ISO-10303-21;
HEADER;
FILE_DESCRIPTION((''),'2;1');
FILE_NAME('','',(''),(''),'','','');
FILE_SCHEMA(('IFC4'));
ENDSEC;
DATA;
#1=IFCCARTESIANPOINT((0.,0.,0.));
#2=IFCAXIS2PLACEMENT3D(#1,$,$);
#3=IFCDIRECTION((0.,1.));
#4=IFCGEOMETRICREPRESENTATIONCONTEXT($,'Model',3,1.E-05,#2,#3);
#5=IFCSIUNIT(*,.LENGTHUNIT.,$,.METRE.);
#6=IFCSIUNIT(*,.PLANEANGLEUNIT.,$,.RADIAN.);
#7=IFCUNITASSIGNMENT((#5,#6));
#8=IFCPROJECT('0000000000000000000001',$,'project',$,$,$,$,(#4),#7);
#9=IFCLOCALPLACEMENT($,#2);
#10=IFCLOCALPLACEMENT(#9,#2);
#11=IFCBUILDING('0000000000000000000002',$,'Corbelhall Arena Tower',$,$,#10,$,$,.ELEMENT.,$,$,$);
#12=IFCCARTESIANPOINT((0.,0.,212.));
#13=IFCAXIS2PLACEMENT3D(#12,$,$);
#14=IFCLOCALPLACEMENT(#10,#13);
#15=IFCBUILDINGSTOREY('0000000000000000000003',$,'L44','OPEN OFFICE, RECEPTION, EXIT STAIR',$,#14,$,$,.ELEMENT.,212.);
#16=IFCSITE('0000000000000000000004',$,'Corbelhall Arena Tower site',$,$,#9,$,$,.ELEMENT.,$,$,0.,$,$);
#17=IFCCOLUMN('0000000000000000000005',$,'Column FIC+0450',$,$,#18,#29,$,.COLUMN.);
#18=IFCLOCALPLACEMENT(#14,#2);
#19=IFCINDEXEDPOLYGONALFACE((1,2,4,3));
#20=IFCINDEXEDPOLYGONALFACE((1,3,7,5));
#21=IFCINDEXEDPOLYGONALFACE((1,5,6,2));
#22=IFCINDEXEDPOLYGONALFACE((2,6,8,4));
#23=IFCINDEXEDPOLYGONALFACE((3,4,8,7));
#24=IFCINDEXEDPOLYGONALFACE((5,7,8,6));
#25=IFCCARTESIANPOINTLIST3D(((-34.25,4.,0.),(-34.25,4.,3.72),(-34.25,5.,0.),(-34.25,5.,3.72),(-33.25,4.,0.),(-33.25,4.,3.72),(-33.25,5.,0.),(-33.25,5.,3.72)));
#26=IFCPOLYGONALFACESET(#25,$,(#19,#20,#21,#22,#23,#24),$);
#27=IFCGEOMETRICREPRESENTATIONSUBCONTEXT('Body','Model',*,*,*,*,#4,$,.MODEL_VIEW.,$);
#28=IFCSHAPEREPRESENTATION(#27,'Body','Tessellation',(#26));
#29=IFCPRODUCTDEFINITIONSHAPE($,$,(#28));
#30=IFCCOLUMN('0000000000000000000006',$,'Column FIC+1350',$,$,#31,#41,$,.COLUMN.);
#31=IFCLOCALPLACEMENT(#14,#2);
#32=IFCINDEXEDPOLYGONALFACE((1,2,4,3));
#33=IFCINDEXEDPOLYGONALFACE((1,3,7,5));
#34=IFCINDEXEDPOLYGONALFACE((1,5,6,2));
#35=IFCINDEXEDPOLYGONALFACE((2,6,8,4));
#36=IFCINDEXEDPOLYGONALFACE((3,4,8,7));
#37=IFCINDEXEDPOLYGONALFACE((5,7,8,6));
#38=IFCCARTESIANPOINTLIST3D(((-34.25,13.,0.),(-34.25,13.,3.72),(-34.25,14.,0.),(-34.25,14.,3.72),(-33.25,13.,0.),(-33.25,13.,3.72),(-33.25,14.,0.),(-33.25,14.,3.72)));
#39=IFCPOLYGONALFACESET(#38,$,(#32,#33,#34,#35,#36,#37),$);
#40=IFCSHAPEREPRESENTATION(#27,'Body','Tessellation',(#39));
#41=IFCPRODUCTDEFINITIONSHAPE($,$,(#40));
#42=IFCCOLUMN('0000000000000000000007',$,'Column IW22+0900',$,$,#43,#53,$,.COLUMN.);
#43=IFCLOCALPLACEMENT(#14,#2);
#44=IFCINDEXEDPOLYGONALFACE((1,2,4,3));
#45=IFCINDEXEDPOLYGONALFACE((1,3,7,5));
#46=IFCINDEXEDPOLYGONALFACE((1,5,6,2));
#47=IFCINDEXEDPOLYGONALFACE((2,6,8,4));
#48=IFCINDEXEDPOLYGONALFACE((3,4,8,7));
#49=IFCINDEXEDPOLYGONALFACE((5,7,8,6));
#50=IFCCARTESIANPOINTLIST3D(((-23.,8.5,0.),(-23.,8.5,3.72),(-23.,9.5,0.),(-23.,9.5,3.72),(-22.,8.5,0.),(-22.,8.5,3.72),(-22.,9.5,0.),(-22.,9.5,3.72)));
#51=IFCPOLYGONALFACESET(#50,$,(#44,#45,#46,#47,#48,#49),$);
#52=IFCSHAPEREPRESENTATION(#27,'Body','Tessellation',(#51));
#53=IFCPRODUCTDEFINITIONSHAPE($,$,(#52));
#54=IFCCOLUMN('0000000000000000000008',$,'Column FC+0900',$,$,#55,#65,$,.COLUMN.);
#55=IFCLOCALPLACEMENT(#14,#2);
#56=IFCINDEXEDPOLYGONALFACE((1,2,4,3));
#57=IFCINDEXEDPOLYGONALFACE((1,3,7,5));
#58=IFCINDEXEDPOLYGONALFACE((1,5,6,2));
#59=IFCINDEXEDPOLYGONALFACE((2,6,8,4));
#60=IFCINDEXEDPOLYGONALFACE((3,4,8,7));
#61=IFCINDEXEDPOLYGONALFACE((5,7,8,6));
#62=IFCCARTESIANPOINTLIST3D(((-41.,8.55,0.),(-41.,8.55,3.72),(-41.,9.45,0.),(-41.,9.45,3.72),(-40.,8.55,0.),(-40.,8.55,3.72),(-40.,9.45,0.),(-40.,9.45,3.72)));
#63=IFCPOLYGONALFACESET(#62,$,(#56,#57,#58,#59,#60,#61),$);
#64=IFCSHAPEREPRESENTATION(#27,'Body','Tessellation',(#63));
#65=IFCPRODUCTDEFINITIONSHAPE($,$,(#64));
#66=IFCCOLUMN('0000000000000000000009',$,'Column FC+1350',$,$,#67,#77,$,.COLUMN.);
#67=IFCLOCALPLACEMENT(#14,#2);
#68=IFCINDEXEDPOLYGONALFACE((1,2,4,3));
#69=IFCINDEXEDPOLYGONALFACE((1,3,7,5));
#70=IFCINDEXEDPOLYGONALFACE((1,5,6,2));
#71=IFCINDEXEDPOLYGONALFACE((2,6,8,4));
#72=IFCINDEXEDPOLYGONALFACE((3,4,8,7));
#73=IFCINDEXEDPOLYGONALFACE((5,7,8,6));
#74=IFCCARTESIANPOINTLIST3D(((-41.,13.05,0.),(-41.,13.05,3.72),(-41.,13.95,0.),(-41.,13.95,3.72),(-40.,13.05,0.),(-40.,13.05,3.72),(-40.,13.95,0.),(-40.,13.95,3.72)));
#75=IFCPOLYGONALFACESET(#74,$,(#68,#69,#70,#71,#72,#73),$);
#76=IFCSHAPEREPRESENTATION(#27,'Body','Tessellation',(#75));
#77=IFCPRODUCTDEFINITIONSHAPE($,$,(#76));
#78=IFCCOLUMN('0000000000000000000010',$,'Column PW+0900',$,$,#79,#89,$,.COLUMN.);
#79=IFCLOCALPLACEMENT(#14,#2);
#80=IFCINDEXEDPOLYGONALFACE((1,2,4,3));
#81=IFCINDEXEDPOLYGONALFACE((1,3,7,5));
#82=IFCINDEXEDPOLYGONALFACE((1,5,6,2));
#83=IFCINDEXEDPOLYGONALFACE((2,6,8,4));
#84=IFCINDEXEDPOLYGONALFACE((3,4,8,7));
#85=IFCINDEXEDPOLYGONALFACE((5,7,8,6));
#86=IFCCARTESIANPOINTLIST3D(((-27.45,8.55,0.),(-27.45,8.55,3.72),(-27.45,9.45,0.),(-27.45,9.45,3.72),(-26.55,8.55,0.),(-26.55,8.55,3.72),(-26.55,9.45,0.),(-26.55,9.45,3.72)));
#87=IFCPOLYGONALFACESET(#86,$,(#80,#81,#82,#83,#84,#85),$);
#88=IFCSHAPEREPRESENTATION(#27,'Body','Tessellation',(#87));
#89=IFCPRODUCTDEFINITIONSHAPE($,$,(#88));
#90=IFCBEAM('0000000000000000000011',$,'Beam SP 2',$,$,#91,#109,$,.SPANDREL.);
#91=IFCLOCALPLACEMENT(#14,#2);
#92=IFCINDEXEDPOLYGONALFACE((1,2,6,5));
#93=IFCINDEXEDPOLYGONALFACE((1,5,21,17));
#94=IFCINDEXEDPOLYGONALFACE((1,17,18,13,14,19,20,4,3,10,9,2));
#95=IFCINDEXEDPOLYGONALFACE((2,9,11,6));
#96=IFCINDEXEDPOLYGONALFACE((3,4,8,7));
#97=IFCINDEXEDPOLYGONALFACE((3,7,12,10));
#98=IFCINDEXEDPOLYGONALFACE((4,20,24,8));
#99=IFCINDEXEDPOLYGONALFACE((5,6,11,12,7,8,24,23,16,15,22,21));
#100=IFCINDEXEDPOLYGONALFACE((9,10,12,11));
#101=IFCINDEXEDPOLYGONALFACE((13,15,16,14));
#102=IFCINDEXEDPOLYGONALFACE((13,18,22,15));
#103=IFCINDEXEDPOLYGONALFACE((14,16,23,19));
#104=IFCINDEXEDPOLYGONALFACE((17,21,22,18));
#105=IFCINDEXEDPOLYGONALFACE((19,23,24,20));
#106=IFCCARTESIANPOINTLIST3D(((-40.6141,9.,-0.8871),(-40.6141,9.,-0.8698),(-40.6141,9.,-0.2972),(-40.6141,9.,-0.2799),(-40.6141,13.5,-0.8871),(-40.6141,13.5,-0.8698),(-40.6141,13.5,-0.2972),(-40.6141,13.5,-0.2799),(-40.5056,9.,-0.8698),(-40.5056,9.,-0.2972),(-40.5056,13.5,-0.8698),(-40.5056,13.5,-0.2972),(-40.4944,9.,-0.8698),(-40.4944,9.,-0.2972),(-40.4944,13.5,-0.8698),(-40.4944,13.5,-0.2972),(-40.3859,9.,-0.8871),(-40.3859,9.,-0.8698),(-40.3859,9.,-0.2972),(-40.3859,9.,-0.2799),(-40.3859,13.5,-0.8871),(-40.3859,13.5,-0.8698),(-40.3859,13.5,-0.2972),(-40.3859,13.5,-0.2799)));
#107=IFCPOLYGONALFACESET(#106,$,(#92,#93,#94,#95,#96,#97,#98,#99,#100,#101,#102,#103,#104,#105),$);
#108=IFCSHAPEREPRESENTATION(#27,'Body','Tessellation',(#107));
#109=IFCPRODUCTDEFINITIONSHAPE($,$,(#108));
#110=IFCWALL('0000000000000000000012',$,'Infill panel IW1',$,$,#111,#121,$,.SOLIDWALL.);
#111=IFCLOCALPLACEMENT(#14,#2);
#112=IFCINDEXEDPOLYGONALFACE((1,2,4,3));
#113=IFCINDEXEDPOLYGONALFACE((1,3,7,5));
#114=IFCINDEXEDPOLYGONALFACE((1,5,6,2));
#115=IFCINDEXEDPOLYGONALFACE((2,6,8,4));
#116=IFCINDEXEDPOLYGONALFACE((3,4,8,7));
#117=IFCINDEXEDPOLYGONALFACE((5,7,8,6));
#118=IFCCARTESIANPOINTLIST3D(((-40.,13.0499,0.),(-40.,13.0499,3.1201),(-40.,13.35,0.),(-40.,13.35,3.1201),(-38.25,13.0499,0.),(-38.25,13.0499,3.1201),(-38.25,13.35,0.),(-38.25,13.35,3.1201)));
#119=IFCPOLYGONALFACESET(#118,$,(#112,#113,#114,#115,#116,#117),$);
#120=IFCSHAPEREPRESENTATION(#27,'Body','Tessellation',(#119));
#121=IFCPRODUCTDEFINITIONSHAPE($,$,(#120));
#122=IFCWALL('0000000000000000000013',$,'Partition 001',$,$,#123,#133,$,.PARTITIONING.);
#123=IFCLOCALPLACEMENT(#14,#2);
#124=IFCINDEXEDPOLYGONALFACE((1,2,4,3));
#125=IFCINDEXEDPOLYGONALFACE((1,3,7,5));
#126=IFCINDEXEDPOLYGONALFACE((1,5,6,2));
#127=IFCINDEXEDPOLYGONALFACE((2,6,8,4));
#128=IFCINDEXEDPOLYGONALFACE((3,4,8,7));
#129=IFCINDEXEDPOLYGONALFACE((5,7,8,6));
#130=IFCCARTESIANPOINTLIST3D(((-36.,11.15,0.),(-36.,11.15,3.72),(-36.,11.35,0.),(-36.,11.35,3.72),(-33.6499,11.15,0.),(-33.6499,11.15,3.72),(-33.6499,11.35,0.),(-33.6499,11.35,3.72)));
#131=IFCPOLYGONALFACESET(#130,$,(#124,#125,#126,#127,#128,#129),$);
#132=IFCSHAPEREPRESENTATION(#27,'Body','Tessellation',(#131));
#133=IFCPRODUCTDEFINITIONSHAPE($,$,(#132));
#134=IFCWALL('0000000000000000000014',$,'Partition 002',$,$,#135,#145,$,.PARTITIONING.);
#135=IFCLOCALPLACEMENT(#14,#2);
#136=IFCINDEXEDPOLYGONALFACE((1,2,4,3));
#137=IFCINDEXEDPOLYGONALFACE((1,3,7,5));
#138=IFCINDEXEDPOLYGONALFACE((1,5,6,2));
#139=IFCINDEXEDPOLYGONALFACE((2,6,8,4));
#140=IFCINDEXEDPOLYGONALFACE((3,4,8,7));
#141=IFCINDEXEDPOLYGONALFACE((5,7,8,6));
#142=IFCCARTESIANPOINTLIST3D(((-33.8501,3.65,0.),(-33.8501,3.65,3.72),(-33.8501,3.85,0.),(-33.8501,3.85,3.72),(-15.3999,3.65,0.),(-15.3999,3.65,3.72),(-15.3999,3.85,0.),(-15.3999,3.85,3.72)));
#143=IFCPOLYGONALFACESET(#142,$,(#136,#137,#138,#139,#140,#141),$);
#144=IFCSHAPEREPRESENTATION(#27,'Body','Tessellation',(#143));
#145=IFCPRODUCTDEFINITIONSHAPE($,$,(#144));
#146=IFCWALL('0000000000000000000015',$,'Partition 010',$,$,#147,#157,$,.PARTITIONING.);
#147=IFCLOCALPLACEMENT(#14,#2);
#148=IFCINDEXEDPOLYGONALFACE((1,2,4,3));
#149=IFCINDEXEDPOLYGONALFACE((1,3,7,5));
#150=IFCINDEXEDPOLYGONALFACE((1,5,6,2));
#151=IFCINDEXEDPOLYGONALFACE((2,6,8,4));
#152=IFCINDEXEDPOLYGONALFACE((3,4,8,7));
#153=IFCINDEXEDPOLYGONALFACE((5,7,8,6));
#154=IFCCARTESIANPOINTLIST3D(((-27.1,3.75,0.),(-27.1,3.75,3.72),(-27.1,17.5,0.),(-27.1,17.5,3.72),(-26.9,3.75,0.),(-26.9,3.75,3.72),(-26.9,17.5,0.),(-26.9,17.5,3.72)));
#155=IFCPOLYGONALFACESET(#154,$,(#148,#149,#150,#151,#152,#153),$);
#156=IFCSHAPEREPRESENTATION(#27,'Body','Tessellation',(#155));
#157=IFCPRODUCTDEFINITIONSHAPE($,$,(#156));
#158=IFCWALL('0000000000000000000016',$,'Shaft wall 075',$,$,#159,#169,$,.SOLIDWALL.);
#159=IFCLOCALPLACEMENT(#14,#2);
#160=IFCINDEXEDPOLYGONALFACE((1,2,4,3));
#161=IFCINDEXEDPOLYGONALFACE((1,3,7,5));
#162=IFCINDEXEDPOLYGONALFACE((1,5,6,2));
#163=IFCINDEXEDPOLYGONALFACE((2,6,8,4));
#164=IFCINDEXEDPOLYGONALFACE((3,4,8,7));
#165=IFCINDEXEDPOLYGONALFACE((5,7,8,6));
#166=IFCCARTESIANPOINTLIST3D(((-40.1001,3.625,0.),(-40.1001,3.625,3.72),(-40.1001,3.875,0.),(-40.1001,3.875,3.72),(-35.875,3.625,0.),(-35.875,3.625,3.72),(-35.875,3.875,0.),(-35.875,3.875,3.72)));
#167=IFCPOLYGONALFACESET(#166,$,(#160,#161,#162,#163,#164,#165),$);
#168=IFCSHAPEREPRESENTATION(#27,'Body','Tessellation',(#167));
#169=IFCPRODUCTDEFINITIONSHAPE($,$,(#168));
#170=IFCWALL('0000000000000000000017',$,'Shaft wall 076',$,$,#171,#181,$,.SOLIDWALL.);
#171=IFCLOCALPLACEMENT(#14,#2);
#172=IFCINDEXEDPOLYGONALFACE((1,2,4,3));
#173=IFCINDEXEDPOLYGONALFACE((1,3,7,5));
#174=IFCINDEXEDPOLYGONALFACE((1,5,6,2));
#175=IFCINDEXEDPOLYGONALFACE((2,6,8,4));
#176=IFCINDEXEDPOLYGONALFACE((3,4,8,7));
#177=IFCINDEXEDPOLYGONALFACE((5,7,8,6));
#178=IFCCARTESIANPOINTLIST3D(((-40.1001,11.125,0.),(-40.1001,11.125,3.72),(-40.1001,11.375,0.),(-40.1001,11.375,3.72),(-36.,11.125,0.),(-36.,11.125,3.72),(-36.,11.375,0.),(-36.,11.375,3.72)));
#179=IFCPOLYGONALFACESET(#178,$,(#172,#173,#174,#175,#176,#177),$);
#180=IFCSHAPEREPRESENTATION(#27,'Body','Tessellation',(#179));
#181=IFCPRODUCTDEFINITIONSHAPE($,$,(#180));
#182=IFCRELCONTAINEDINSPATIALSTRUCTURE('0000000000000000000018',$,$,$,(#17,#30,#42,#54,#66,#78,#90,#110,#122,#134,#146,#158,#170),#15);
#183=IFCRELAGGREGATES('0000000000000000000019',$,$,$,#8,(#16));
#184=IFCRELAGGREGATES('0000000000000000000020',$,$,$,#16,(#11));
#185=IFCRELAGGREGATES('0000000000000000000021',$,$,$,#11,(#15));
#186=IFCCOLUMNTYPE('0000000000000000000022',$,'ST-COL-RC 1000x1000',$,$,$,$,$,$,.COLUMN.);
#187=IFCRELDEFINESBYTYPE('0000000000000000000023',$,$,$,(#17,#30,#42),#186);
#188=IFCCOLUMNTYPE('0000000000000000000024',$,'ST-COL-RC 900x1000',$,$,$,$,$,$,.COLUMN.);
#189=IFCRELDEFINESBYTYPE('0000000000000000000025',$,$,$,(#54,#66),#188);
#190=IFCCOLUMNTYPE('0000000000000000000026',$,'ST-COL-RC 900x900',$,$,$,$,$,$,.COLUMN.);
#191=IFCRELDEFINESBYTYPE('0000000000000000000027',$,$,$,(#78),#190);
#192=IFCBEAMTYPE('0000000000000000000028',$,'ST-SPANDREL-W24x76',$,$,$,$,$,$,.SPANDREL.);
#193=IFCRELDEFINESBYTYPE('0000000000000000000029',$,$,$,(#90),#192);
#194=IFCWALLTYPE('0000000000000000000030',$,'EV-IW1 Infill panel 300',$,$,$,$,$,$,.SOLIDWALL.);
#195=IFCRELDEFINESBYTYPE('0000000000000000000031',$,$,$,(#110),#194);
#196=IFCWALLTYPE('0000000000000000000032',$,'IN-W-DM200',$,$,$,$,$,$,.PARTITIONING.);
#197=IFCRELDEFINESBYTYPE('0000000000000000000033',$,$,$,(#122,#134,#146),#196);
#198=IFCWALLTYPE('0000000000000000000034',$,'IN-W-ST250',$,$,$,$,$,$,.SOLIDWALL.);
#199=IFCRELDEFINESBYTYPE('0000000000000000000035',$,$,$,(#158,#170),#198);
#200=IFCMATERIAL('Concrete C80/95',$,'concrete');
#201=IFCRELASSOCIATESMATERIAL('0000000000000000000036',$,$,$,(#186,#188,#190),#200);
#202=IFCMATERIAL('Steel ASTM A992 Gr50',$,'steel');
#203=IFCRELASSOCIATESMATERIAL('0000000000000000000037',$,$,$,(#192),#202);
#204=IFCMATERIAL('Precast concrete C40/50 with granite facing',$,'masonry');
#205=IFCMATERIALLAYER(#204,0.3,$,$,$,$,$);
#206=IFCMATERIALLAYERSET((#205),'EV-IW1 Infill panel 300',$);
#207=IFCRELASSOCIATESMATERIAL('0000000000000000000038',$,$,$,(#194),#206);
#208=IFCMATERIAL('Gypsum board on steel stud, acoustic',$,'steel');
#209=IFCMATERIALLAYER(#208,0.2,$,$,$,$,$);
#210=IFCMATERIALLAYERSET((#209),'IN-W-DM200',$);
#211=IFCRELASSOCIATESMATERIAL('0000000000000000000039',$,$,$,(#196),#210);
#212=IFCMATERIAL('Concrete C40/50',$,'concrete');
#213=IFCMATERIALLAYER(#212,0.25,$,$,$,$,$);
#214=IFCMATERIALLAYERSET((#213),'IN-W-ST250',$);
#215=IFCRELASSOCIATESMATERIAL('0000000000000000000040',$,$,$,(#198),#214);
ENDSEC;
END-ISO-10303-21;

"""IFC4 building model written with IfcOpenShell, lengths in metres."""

from ifc_helpers import new_model, si_unit, direction, frame, frame_2d, origin, origin_2d, place, context, subcontext, project, spatial, rectangle, i_section, extrude, material, layer, layer_set, material_profile, profile_set, type_object, element, save


model = new_model("IFC4")

# Units and contexts
model_context = context("Model", 3, precision=1e-05, world=origin(), true_north=direction((0.0, 1.0)))
body_context = subcontext(model_context, "Body", "Model", "MODEL_VIEW")
ifc_project = project(units=[si_unit("LENGTHUNIT", "METRE"), si_unit("PLANEANGLEUNIT", "RADIAN")], contexts=[model_context])

# Site, building, storey
site_placement = place(None, origin())
site = spatial("IfcSite", under=ifc_project, at=site_placement, Name="Corbelhall Arena Tower site", CompositionType="ELEMENT", RefElevation=0.0)
building_placement = place(site_placement, origin())
building = spatial("IfcBuilding", under=site, at=building_placement, Name="Corbelhall Arena Tower", CompositionType="ELEMENT")
storey_placement = place(building_placement, frame((0.0, 0.0, 212.0)))
storey = spatial("IfcBuildingStorey", under=building, at=storey_placement, Name="L44", Description="OPEN OFFICE, RECEPTION, EXIT STAIR", CompositionType="ELEMENT", Elevation=212.0)

# Columns
ifc_material_1 = material(Name="Concrete C80/95", Category="concrete")
ifc_material_profile_1 = material_profile(ifc_material_1, rectangle(XDim=1.0, YDim=1.0, at=origin_2d()))
ifc_profile_set_1 = profile_set([ifc_material_profile_1], Name="Concrete C80/95")
column_type_1 = type_object("IfcColumnType", Name="ST-COL-RC 1000x1000", PredefinedType="COLUMN", material=ifc_profile_set_1)
for number, where, z_axis, x_axis, name in (
    (1, (-33.75, 4.5, 0.0), (0.0, 0.0, 1.0), (1.0, 0.0, 0.0), "Column FIC+0450"),
    (2, (-33.75, 13.5, 0.0), (0.0, 0.0, 1.0), (1.0, 0.0, 0.0), "Column FIC+1350"),
    (3, (-22.5, 9.0, 0.0), (0.0, 0.0, 1.0), (1.0, 0.0, 0.0), "Column IW22+0900"),
):
    element("IfcColumn", number, at=place(storey_placement, frame(where, z_axis=z_axis, x_axis=x_axis)), inside=storey, type_object=column_type_1, Name=name, PredefinedType="COLUMN", context=body_context, shape_type="SweptSolid", body=[
        extrude(rectangle(XDim=1.0, YDim=1.0, at=origin_2d()), origin(), (0.0, 0.0, 1.0), 3.72),
    ])
ifc_material_profile_2 = material_profile(ifc_material_1, rectangle(XDim=0.8999, YDim=1.0, at=origin_2d()))
ifc_profile_set_2 = profile_set([ifc_material_profile_2], Name="Concrete C80/95")
column_type_2 = type_object("IfcColumnType", Name="ST-COL-RC 900x1000", PredefinedType="COLUMN", material=ifc_profile_set_2)
for number, where, z_axis, x_axis, name in (
    (4, (-40.5, 9.0, 0.0), (0.0, 0.0, 1.0), (0.0, 1.0, 0.0), "Column FC+0900"),
    (5, (-40.5, 13.5, 0.0), (0.0, 0.0, 1.0), (0.0, 1.0, 0.0), "Column FC+1350"),
):
    element("IfcColumn", number, at=place(storey_placement, frame(where, z_axis=z_axis, x_axis=x_axis)), inside=storey, type_object=column_type_2, Name=name, PredefinedType="COLUMN", context=body_context, shape_type="SweptSolid", body=[
        extrude(rectangle(XDim=0.8999, YDim=1.0, at=origin_2d()), origin(), (0.0, 0.0, 1.0), 3.72),
    ])
ifc_material_profile_3 = material_profile(ifc_material_1, rectangle(XDim=0.8999, YDim=0.8999, at=origin_2d()))
ifc_profile_set_3 = profile_set([ifc_material_profile_3], Name="Concrete C80/95")
column_type_3 = type_object("IfcColumnType", Name="ST-COL-RC 900x900", PredefinedType="COLUMN", material=ifc_profile_set_3)
column_placement = place(storey_placement, frame((-27.0, 9.0, 0.0), z_axis=(0.0, 0.0, 1.0), x_axis=(1.0, 0.0, 0.0)))
element("IfcColumn", 6, at=column_placement, inside=storey, type_object=column_type_3, Name="Column PW+0900", PredefinedType="COLUMN", context=body_context, shape_type="SweptSolid", body=[
    extrude(rectangle(XDim=0.8999, YDim=0.8999, at=origin_2d()), origin(), (0.0, 0.0, 1.0), 3.72),
])

# Beam
ifc_material_2 = material(Name="Steel ASTM A992 Gr50", Category="steel")
ifc_material_profile_4 = material_profile(ifc_material_2, i_section(OverallWidth=0.2283, OverallDepth=0.6072, WebThickness=0.0112, FlangeThickness=0.0173, at=origin_2d()))
ifc_profile_set_4 = profile_set([ifc_material_profile_4], Name="Steel ASTM A992 Gr50")
beam_type = type_object("IfcBeamType", Name="ST-SPANDREL-W24x76", PredefinedType="SPANDREL", material=ifc_profile_set_4)
beam_placement = place(storey_placement, frame((-40.5, 9.0, -0.5835), z_axis=(0.0, 1.0, 0.0), x_axis=(-1.0, 0.0, 0.0)))
element("IfcBeam", 7, at=beam_placement, inside=storey, type_object=beam_type, Name="Beam SP 2", PredefinedType="SPANDREL", context=body_context, shape_type="SweptSolid", body=[
    extrude(i_section(OverallWidth=0.2283, OverallDepth=0.6072, WebThickness=0.0112, FlangeThickness=0.0173, at=origin_2d()), origin(), (0.0, 0.0, 1.0), 4.5),
])

# Wall
ifc_material_3 = material(Name="Precast concrete C40/50 with granite facing", Category="masonry")
ifc_layer_1 = layer(ifc_material_3, 0.3)
ifc_layer_set_1 = layer_set([ifc_layer_1], Name="EV-IW1 Infill panel 300")
wall_type_1 = type_object("IfcWallType", Name="EV-IW1 Infill panel 300", PredefinedType="SOLIDWALL", material=ifc_layer_set_1)
wall_1_placement = place(storey_placement, frame((-40.0, 13.2, 0.0), z_axis=(0.0, 0.0, 1.0), x_axis=(1.0, 0.0, 0.0)))
element("IfcWall", 8, at=wall_1_placement, inside=storey, type_object=wall_type_1, Name="Infill panel IW1", PredefinedType="SOLIDWALL", context=body_context, shape_type="SweptSolid", body=[
    extrude(rectangle(XDim=1.75, YDim=0.3, at=frame_2d((0.875, 0.0))), origin(), (0.0, 0.0, 1.0), 3.1201),
])

# Walls
ifc_material_4 = material(Name="Gypsum board on steel stud, acoustic", Category="steel")
ifc_layer_2 = layer(ifc_material_4, 0.2)
ifc_layer_set_2 = layer_set([ifc_layer_2], Name="IN-W-DM200")
wall_type_2 = type_object("IfcWallType", Name="IN-W-DM200", PredefinedType="PARTITIONING", material=ifc_layer_set_2)
wall_2_placement = place(storey_placement, frame((-36.0, 11.25, 0.0), z_axis=(0.0, 0.0, 1.0), x_axis=(1.0, 0.0, 0.0)))
element("IfcWall", 9, at=wall_2_placement, inside=storey, type_object=wall_type_2, Name="Partition 001", PredefinedType="PARTITIONING", context=body_context, shape_type="SweptSolid", body=[
    extrude(rectangle(XDim=2.3501, YDim=0.2, at=frame_2d((1.175, 0.0))), origin(), (0.0, 0.0, 1.0), 3.72),
])
wall_3_placement = place(storey_placement, frame((-33.8501, 3.75, 0.0), z_axis=(0.0, 0.0, 1.0), x_axis=(1.0, 0.0, 0.0)))
element("IfcWall", 10, at=wall_3_placement, inside=storey, type_object=wall_type_2, Name="Partition 002", PredefinedType="PARTITIONING", context=body_context, shape_type="SweptSolid", body=[
    extrude(rectangle(XDim=18.4502, YDim=0.2, at=frame_2d((9.2251, 0.0))), origin(), (0.0, 0.0, 1.0), 3.72),
])

# Walls
wall_4_placement = place(storey_placement, frame((-27.0, 3.75, 0.0), z_axis=(0.0, 0.0, 1.0), x_axis=(0.0, 1.0, 0.0)))
element("IfcWall", 11, at=wall_4_placement, inside=storey, type_object=wall_type_2, Name="Partition 010", PredefinedType="PARTITIONING", context=body_context, shape_type="SweptSolid", body=[
    extrude(rectangle(XDim=13.75, YDim=0.2, at=frame_2d((6.875, 0.0))), origin(), (0.0, 0.0, 1.0), 3.72),
])
ifc_material_5 = material(Name="Concrete C40/50", Category="concrete")
ifc_layer_3 = layer(ifc_material_5, 0.25)
ifc_layer_set_3 = layer_set([ifc_layer_3], Name="IN-W-ST250")
wall_type_3 = type_object("IfcWallType", Name="IN-W-ST250", PredefinedType="SOLIDWALL", material=ifc_layer_set_3)
wall_5_placement = place(storey_placement, frame((-40.1001, 3.75, 0.0), z_axis=(0.0, 0.0, 1.0), x_axis=(1.0, 0.0, 0.0)))
element("IfcWall", 12, at=wall_5_placement, inside=storey, type_object=wall_type_3, Name="Shaft wall 075", PredefinedType="SOLIDWALL", context=body_context, shape_type="SweptSolid", body=[
    extrude(rectangle(XDim=4.2251, YDim=0.25, at=frame_2d((2.1125, 0.0))), origin(), (0.0, 0.0, 1.0), 3.72),
])
wall_6_placement = place(storey_placement, frame((-40.1001, 11.25, 0.0), z_axis=(0.0, 0.0, 1.0), x_axis=(1.0, 0.0, 0.0)))
element("IfcWall", 13, at=wall_6_placement, inside=storey, type_object=wall_type_3, Name="Shaft wall 076", PredefinedType="SOLIDWALL", context=body_context, shape_type="SweptSolid", body=[
    extrude(rectangle(XDim=4.1001, YDim=0.25, at=frame_2d((2.05, 0.0))), origin(), (0.0, 0.0, 1.0), 3.72),
])

save(model, "model.ifc")
